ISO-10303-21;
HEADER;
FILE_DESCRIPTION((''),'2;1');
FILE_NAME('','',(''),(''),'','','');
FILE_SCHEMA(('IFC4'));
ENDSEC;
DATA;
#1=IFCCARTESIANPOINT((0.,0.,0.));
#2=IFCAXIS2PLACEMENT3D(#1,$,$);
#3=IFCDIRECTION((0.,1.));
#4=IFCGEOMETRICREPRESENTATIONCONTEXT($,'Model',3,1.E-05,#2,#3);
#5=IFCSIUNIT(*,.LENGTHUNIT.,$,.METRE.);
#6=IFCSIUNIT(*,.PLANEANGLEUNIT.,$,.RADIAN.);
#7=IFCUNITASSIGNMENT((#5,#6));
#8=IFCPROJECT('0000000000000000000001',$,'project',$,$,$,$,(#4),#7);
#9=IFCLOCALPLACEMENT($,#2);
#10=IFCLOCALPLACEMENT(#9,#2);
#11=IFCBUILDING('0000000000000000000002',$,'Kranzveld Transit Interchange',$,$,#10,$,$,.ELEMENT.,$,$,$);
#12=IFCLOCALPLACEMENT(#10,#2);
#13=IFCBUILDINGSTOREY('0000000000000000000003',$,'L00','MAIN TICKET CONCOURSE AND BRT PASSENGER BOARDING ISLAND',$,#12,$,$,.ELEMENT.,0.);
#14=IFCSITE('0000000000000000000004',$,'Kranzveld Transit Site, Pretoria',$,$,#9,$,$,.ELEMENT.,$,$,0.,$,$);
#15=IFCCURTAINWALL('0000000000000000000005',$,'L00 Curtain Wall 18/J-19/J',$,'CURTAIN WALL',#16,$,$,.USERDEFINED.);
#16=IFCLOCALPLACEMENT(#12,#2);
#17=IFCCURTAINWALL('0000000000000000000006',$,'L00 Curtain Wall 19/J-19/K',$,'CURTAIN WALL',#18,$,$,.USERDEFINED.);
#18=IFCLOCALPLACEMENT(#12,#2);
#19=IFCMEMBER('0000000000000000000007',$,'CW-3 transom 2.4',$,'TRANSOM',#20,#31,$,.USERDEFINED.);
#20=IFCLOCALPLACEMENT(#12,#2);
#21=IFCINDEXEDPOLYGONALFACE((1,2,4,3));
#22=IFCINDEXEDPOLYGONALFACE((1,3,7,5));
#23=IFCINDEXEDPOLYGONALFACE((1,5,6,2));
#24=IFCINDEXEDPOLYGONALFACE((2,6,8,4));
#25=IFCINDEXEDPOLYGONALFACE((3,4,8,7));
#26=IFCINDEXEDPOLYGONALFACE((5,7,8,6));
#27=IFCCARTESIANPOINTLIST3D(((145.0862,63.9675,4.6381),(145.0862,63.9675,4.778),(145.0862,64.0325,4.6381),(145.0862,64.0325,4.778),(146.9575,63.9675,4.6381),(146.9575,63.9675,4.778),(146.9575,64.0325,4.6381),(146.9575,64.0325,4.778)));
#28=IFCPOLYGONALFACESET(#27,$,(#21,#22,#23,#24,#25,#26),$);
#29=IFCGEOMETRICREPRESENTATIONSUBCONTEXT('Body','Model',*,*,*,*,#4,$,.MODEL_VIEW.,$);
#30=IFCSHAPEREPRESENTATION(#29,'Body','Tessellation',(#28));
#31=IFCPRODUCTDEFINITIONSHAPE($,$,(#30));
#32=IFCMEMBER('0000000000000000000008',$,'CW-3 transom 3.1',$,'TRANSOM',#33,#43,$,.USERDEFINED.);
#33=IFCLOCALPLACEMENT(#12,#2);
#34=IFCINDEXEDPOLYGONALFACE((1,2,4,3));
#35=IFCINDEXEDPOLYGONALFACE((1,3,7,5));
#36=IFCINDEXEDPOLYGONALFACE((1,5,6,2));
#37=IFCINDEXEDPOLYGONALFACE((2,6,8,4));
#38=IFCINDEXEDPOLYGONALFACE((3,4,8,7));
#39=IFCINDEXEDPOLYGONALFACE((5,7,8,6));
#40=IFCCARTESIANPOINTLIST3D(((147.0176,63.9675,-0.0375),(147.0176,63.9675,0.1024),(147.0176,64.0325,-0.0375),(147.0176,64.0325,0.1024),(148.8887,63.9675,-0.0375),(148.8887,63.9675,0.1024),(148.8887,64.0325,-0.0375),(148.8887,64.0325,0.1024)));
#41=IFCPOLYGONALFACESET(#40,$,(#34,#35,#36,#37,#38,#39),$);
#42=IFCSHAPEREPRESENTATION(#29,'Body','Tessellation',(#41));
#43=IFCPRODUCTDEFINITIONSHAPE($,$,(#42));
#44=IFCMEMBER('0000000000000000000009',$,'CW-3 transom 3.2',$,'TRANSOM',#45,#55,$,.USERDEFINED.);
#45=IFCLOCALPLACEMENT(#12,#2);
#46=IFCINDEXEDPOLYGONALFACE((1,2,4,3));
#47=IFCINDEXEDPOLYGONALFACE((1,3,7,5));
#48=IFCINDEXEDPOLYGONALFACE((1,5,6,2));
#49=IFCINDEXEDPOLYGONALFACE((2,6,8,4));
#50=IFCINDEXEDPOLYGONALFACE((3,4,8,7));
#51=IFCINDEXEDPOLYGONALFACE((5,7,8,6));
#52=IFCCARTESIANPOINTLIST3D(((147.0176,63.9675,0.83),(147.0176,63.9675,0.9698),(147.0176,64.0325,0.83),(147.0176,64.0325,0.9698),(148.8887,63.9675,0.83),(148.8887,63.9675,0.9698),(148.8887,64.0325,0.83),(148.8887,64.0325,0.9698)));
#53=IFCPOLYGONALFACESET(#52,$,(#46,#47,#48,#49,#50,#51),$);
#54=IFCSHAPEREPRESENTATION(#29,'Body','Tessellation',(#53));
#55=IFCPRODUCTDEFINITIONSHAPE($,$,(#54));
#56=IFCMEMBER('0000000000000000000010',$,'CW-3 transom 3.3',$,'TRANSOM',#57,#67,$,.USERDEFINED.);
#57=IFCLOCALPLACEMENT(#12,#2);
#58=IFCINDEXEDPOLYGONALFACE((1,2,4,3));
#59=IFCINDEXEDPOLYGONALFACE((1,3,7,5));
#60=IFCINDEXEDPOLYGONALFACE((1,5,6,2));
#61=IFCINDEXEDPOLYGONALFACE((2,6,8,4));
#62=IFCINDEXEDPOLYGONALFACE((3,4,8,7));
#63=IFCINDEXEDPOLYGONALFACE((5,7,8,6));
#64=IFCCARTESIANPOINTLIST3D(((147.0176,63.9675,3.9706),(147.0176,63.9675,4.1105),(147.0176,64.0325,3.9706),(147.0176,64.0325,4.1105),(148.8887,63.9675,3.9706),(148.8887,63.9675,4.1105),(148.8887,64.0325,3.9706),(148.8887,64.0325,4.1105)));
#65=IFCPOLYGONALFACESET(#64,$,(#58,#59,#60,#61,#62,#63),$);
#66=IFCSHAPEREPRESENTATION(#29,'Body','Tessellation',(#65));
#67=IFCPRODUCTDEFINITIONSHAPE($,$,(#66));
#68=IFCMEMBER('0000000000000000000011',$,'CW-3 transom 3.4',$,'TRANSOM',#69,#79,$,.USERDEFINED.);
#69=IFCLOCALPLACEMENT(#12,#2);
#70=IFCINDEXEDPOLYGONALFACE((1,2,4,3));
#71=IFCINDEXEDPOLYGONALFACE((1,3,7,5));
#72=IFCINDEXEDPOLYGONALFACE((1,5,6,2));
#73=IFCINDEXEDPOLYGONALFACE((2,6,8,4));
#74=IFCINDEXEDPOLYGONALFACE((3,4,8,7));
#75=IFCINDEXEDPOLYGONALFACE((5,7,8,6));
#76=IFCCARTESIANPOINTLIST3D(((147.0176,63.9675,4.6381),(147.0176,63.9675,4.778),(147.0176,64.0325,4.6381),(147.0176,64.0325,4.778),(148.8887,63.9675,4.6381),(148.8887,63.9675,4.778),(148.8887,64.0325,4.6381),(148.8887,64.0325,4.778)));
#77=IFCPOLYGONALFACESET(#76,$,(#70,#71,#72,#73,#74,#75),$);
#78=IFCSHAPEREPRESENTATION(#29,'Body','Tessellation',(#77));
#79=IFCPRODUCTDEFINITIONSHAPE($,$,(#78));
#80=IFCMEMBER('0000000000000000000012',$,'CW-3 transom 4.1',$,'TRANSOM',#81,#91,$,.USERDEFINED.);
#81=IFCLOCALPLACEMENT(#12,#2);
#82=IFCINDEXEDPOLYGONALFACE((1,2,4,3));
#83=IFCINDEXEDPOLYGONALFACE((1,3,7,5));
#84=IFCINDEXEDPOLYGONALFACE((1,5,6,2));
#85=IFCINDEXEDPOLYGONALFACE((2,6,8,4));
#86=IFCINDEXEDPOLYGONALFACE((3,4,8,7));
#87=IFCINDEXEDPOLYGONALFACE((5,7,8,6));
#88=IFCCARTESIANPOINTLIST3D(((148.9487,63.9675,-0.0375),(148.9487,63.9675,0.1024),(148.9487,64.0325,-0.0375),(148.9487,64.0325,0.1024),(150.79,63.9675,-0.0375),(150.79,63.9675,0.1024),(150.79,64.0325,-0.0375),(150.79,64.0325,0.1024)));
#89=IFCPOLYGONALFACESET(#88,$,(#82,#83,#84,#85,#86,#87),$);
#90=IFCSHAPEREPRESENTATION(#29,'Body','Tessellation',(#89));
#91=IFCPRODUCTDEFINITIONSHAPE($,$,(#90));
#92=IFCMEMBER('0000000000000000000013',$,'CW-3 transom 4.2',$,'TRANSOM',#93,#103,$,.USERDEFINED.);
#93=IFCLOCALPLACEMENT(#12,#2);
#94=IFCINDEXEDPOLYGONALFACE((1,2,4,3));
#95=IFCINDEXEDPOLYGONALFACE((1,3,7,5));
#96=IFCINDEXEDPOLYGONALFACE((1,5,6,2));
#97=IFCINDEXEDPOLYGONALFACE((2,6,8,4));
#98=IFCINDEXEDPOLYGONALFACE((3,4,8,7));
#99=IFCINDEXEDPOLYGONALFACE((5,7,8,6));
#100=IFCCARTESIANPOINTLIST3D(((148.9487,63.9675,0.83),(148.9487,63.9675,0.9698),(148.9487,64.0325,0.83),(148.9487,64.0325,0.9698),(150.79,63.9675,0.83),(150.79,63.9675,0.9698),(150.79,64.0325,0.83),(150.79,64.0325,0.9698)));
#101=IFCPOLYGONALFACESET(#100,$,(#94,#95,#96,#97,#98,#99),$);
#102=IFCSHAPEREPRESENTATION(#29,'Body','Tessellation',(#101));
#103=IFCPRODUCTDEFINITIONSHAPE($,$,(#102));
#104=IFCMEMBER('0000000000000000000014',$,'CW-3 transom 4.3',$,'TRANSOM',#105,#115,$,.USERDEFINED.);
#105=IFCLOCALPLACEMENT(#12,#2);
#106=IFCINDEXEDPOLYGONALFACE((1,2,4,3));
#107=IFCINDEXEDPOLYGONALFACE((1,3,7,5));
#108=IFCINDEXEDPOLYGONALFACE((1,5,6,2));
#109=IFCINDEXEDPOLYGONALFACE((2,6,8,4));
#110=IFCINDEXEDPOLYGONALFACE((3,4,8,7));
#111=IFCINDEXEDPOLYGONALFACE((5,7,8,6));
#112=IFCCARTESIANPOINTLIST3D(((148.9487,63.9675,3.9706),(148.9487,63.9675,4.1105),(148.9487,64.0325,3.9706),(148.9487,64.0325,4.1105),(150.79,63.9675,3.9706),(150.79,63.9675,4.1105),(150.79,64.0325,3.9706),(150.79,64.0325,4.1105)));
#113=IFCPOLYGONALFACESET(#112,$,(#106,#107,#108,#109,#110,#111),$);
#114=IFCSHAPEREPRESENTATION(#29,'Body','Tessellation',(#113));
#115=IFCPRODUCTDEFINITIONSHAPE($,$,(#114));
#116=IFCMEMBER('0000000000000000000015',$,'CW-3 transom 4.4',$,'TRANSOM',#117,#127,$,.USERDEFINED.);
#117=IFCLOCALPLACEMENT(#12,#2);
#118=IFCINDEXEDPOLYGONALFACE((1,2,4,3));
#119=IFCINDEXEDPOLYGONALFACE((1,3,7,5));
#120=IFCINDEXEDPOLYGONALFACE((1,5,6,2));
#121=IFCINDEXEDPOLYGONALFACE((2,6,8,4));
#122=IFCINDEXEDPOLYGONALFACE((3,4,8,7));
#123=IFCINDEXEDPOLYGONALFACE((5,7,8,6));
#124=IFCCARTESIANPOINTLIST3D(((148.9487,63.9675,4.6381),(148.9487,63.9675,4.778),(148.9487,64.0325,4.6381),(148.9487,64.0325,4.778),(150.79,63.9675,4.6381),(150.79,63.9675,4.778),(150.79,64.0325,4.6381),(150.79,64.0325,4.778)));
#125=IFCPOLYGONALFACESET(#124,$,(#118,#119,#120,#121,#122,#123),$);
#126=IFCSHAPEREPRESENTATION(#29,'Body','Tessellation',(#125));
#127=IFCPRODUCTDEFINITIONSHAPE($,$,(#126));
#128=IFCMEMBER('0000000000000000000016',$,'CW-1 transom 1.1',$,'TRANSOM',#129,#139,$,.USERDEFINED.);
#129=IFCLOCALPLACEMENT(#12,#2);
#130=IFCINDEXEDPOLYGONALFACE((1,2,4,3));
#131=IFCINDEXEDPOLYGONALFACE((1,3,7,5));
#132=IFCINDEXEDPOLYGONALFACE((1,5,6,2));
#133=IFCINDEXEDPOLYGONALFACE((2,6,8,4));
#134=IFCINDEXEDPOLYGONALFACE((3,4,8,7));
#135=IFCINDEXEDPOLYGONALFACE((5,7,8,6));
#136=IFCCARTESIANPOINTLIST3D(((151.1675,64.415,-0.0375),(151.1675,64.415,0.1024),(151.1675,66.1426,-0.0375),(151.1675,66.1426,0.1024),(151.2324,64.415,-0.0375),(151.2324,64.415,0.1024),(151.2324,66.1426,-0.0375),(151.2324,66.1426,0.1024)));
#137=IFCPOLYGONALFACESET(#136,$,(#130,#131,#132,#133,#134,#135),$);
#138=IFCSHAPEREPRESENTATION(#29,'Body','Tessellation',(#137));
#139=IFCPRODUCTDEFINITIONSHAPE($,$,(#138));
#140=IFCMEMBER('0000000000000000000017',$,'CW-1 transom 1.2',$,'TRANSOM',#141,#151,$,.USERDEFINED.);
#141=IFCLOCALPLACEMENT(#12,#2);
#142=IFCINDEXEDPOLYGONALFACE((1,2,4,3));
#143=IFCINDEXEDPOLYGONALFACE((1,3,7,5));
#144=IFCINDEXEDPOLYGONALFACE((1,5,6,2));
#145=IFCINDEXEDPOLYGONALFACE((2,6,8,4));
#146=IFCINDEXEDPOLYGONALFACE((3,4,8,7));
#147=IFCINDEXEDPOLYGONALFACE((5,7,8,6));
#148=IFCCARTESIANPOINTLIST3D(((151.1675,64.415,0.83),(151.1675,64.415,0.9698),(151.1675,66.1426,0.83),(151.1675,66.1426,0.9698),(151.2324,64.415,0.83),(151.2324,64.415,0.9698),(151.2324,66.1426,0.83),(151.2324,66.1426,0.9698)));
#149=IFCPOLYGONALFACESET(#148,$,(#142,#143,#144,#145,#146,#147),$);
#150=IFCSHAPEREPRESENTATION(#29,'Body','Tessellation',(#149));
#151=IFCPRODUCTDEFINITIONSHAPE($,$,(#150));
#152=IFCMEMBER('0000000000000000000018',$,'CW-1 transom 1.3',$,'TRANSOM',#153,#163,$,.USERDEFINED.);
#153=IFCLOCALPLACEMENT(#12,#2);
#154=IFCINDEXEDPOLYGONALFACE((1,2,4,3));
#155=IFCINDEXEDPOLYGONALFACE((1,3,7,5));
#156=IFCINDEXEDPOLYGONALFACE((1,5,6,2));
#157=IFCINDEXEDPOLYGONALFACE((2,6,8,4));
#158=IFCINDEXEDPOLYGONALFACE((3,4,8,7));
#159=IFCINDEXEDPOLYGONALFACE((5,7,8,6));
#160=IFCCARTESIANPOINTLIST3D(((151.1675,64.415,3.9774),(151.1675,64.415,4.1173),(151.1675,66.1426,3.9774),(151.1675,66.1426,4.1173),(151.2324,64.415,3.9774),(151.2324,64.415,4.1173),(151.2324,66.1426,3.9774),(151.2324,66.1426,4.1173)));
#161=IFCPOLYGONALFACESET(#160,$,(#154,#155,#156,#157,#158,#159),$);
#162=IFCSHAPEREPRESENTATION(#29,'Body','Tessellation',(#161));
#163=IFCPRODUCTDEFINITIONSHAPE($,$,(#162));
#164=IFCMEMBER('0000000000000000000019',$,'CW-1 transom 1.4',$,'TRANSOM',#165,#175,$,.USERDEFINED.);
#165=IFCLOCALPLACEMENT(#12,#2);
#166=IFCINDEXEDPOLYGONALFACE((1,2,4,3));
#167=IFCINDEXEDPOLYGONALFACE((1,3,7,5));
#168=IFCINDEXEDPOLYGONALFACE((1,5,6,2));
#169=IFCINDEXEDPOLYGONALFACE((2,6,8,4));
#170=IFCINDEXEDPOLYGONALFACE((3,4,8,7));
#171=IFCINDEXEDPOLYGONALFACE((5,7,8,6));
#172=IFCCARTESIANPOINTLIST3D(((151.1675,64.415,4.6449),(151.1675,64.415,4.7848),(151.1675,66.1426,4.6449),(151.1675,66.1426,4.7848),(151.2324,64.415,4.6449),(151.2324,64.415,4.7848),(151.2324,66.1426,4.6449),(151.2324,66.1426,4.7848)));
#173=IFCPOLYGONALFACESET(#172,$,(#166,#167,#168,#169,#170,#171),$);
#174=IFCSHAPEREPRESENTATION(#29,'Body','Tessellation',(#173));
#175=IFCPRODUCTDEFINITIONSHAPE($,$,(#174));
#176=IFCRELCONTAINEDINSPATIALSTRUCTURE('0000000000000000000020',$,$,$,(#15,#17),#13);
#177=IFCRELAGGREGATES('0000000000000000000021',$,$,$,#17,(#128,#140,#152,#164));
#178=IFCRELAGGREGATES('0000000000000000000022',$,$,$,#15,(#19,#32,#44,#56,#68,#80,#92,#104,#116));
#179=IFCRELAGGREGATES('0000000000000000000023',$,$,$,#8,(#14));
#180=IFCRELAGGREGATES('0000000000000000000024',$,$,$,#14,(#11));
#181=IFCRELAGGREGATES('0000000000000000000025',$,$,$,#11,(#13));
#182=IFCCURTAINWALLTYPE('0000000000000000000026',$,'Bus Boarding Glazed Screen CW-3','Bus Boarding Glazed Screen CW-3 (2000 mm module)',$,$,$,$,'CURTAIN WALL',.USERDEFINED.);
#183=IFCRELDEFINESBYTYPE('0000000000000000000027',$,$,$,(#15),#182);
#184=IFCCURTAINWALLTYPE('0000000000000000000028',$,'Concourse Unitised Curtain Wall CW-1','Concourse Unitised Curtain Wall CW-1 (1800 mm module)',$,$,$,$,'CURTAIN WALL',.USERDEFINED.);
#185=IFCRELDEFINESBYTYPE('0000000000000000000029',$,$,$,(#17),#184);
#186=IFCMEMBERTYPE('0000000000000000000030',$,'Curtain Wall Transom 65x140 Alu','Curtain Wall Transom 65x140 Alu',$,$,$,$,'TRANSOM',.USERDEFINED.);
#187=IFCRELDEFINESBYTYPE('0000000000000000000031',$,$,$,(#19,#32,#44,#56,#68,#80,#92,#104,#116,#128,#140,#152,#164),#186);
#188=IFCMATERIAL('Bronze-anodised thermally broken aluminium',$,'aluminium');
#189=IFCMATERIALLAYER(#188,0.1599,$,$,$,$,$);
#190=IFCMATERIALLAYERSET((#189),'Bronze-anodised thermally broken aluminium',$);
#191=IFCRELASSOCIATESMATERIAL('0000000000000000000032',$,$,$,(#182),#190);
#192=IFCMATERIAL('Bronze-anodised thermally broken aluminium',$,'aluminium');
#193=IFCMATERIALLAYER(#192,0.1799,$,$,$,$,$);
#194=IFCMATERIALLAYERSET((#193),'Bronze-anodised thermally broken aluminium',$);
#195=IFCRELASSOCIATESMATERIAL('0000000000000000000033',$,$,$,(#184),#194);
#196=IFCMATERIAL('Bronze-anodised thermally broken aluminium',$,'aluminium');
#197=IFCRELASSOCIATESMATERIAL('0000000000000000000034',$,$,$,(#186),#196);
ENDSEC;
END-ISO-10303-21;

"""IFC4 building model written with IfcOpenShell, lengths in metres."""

from ifc_helpers import new_model, si_unit, direction, frame, origin, origin_2d, place, context, subcontext, project, spatial, rectangle, extrude, material, layer, layer_set, material_profile, profile_set, type_object, element, aggregate, save


model = new_model("IFC4")

# Units and contexts
model_context = context("Model", 3, precision=1e-05, world=origin(), true_north=direction((0.0, 1.0)))
body_context = subcontext(model_context, "Body", "Model", "MODEL_VIEW")
ifc_project = project(units=[si_unit("LENGTHUNIT", "METRE"), si_unit("PLANEANGLEUNIT", "RADIAN")], contexts=[model_context])

# Site, building, storey
site_placement = place(None, origin())
site = spatial("IfcSite", under=ifc_project, at=site_placement, Name="Kranzveld Transit Site, Pretoria", CompositionType="ELEMENT", RefElevation=0.0)
building_placement = place(site_placement, origin())
building = spatial("IfcBuilding", under=site, at=building_placement, Name="Kranzveld Transit Interchange", CompositionType="ELEMENT")
storey_placement = place(building_placement, origin())
storey = spatial("IfcBuildingStorey", under=building, at=storey_placement, Name="L00", Description="MAIN TICKET CONCOURSE AND BRT PASSENGER BOARDING ISLAND", CompositionType="ELEMENT", Elevation=0.0)

# Curtain wall
ifc_material_1 = material(Name="Bronze-anodised thermally broken aluminium", Category="aluminium")
ifc_layer_1 = layer(ifc_material_1, 0.1599)
ifc_layer_set_1 = layer_set([ifc_layer_1], Name="Bronze-anodised thermally broken aluminium")
curtain_wall_type_1 = type_object("IfcCurtainWallType", Name="Bus Boarding Glazed Screen CW-3", Description="Bus Boarding Glazed Screen CW-3 (2000 mm module)", ElementType="CURTAIN WALL", PredefinedType="USERDEFINED", material=ifc_layer_set_1)
curtain_wall_1_placement = place(storey_placement, origin())
curtain_wall_1 = element("IfcCurtainWall", 1, at=curtain_wall_1_placement, inside=storey, type_object=curtain_wall_type_1, Name="L00 Curtain Wall 18/J-19/J", ObjectType="CURTAIN WALL", PredefinedType="USERDEFINED")

# Curtain wall
ifc_material_2 = material(Name="Bronze-anodised thermally broken aluminium", Category="aluminium")
ifc_layer_2 = layer(ifc_material_2, 0.1799)
ifc_layer_set_2 = layer_set([ifc_layer_2], Name="Bronze-anodised thermally broken aluminium")
curtain_wall_type_2 = type_object("IfcCurtainWallType", Name="Concourse Unitised Curtain Wall CW-1", Description="Concourse Unitised Curtain Wall CW-1 (1800 mm module)", ElementType="CURTAIN WALL", PredefinedType="USERDEFINED", material=ifc_layer_set_2)
curtain_wall_2_placement = place(storey_placement, origin())
curtain_wall_2 = element("IfcCurtainWall", 2, at=curtain_wall_2_placement, inside=storey, type_object=curtain_wall_type_2, Name="L00 Curtain Wall 19/J-19/K", ObjectType="CURTAIN WALL", PredefinedType="USERDEFINED")

# Members
ifc_material_3 = material(Name="Bronze-anodised thermally broken aluminium", Category="aluminium")
ifc_material_profile_1 = material_profile(ifc_material_3, rectangle(XDim=0.0649, YDim=0.1399, at=origin_2d()), Name="ALU TRANSOM 65x140")
ifc_profile_set_1 = profile_set([ifc_material_profile_1], Name="Bronze-anodised thermally broken aluminium")
member_type_1 = type_object("IfcMemberType", Name="Curtain Wall Transom 65x140 Alu", Description="Curtain Wall Transom 65x140 Alu", ElementType="TRANSOM", PredefinedType="USERDEFINED", material=ifc_profile_set_1)
member_1_placement = place(storey_placement, frame((145.0862, 64.0, 4.708), z_axis=(1.0, 0.0, 0.0), x_axis=(0.0, 1.0, 0.0)))
member_1 = element("IfcMember", 3, at=member_1_placement, type_object=member_type_1, Name="CW-3 transom 2.4", ObjectType="TRANSOM", PredefinedType="USERDEFINED", context=body_context, shape_type="SweptSolid", body=[
    extrude(rectangle(XDim=0.0649, YDim=0.1399, at=origin_2d()), origin(), (0.0, 0.0, 1.0), 1.8713),
])
member_2_placement = place(storey_placement, frame((147.0176, 64.0, 0.0325), z_axis=(1.0, 0.0, 0.0), x_axis=(0.0, 1.0, 0.0)))
member_2 = element("IfcMember", 4, at=member_2_placement, type_object=member_type_1, Name="CW-3 transom 3.1", ObjectType="TRANSOM", PredefinedType="USERDEFINED", context=body_context, shape_type="SweptSolid", body=[
    extrude(rectangle(XDim=0.0649, YDim=0.1399, at=origin_2d()), origin(), (0.0, 0.0, 1.0), 1.8711),
])
member_3_placement = place(storey_placement, frame((147.0176, 64.0, 0.8999), z_axis=(1.0, 0.0, 0.0), x_axis=(0.0, 1.0, 0.0)))
member_3 = element("IfcMember", 5, at=member_3_placement, type_object=member_type_1, Name="CW-3 transom 3.2", ObjectType="TRANSOM", PredefinedType="USERDEFINED", context=body_context, shape_type="SweptSolid", body=[
    extrude(rectangle(XDim=0.0649, YDim=0.1399, at=origin_2d()), origin(), (0.0, 0.0, 1.0), 1.8711),
])
member_4_placement = place(storey_placement, frame((147.0176, 64.0, 4.0405), z_axis=(1.0, 0.0, 0.0), x_axis=(0.0, 1.0, 0.0)))
member_4 = element("IfcMember", 6, at=member_4_placement, type_object=member_type_1, Name="CW-3 transom 3.3", ObjectType="TRANSOM", PredefinedType="USERDEFINED", context=body_context, shape_type="SweptSolid", body=[
    extrude(rectangle(XDim=0.0649, YDim=0.1399, at=origin_2d()), origin(), (0.0, 0.0, 1.0), 1.8711),
])
member_5_placement = place(storey_placement, frame((147.0176, 64.0, 4.708), z_axis=(1.0, 0.0, 0.0), x_axis=(0.0, 1.0, 0.0)))
member_5 = element("IfcMember", 7, at=member_5_placement, type_object=member_type_1, Name="CW-3 transom 3.4", ObjectType="TRANSOM", PredefinedType="USERDEFINED", context=body_context, shape_type="SweptSolid", body=[
    extrude(rectangle(XDim=0.0649, YDim=0.1399, at=origin_2d()), origin(), (0.0, 0.0, 1.0), 1.8711),
])
member_6_placement = place(storey_placement, frame((148.9487, 64.0, 0.0325), z_axis=(1.0, 0.0, 0.0), x_axis=(0.0, 1.0, 0.0)))
member_6 = element("IfcMember", 8, at=member_6_placement, type_object=member_type_1, Name="CW-3 transom 4.1", ObjectType="TRANSOM", PredefinedType="USERDEFINED", context=body_context, shape_type="SweptSolid", body=[
    extrude(rectangle(XDim=0.0649, YDim=0.1399, at=origin_2d()), origin(), (0.0, 0.0, 1.0), 1.8413),
])
member_7_placement = place(storey_placement, frame((148.9487, 64.0, 0.8999), z_axis=(1.0, 0.0, 0.0), x_axis=(0.0, 1.0, 0.0)))
member_7 = element("IfcMember", 9, at=member_7_placement, type_object=member_type_1, Name="CW-3 transom 4.2", ObjectType="TRANSOM", PredefinedType="USERDEFINED", context=body_context, shape_type="SweptSolid", body=[
    extrude(rectangle(XDim=0.0649, YDim=0.1399, at=origin_2d()), origin(), (0.0, 0.0, 1.0), 1.8413),
])
member_8_placement = place(storey_placement, frame((148.9487, 64.0, 4.0405), z_axis=(1.0, 0.0, 0.0), x_axis=(0.0, 1.0, 0.0)))
member_8 = element("IfcMember", 10, at=member_8_placement, type_object=member_type_1, Name="CW-3 transom 4.3", ObjectType="TRANSOM", PredefinedType="USERDEFINED", context=body_context, shape_type="SweptSolid", body=[
    extrude(rectangle(XDim=0.0649, YDim=0.1399, at=origin_2d()), origin(), (0.0, 0.0, 1.0), 1.8413),
])
member_9_placement = place(storey_placement, frame((148.9487, 64.0, 4.708), z_axis=(1.0, 0.0, 0.0), x_axis=(0.0, 1.0, 0.0)))
member_9 = element("IfcMember", 11, at=member_9_placement, type_object=member_type_1, Name="CW-3 transom 4.4", ObjectType="TRANSOM", PredefinedType="USERDEFINED", context=body_context, shape_type="SweptSolid", body=[
    extrude(rectangle(XDim=0.0649, YDim=0.1399, at=origin_2d()), origin(), (0.0, 0.0, 1.0), 1.8413),
])
member_10_placement = place(storey_placement, frame((151.2, 64.415, 0.0325), z_axis=(0.0, 1.0, 0.0), x_axis=(-1.0, 0.0, 0.0)))
member_10 = element("IfcMember", 12, at=member_10_placement, type_object=member_type_1, Name="CW-1 transom 1.1", ObjectType="TRANSOM", PredefinedType="USERDEFINED", context=body_context, shape_type="SweptSolid", body=[
    extrude(rectangle(XDim=0.0649, YDim=0.1399, at=origin_2d()), origin(), (0.0, 0.0, 1.0), 1.7275),
])
member_11_placement = place(storey_placement, frame((151.2, 64.415, 0.8999), z_axis=(0.0, 1.0, 0.0), x_axis=(-1.0, 0.0, 0.0)))
member_11 = element("IfcMember", 13, at=member_11_placement, type_object=member_type_1, Name="CW-1 transom 1.2", ObjectType="TRANSOM", PredefinedType="USERDEFINED", context=body_context, shape_type="SweptSolid", body=[
    extrude(rectangle(XDim=0.0649, YDim=0.1399, at=origin_2d()), origin(), (0.0, 0.0, 1.0), 1.7275),
])
member_12_placement = place(storey_placement, frame((151.2, 64.415, 4.0474), z_axis=(0.0, 1.0, 0.0), x_axis=(-1.0, 0.0, 0.0)))
member_12 = element("IfcMember", 14, at=member_12_placement, type_object=member_type_1, Name="CW-1 transom 1.3", ObjectType="TRANSOM", PredefinedType="USERDEFINED", context=body_context, shape_type="SweptSolid", body=[
    extrude(rectangle(XDim=0.0649, YDim=0.1399, at=origin_2d()), origin(), (0.0, 0.0, 1.0), 1.7275),
])
member_13_placement = place(storey_placement, frame((151.2, 64.415, 4.7148), z_axis=(0.0, 1.0, 0.0), x_axis=(-1.0, 0.0, 0.0)))
member_13 = element("IfcMember", 15, at=member_13_placement, type_object=member_type_1, Name="CW-1 transom 1.4", ObjectType="TRANSOM", PredefinedType="USERDEFINED", context=body_context, shape_type="SweptSolid", body=[
    extrude(rectangle(XDim=0.0649, YDim=0.1399, at=origin_2d()), origin(), (0.0, 0.0, 1.0), 1.7275),
])
aggregate(curtain_wall_2, [member_10, member_11, member_12, member_13])

aggregate(curtain_wall_1, [member_1, member_2, member_3, member_4, member_5, member_6, member_7, member_8, member_9])

save(model, "model.ifc")
